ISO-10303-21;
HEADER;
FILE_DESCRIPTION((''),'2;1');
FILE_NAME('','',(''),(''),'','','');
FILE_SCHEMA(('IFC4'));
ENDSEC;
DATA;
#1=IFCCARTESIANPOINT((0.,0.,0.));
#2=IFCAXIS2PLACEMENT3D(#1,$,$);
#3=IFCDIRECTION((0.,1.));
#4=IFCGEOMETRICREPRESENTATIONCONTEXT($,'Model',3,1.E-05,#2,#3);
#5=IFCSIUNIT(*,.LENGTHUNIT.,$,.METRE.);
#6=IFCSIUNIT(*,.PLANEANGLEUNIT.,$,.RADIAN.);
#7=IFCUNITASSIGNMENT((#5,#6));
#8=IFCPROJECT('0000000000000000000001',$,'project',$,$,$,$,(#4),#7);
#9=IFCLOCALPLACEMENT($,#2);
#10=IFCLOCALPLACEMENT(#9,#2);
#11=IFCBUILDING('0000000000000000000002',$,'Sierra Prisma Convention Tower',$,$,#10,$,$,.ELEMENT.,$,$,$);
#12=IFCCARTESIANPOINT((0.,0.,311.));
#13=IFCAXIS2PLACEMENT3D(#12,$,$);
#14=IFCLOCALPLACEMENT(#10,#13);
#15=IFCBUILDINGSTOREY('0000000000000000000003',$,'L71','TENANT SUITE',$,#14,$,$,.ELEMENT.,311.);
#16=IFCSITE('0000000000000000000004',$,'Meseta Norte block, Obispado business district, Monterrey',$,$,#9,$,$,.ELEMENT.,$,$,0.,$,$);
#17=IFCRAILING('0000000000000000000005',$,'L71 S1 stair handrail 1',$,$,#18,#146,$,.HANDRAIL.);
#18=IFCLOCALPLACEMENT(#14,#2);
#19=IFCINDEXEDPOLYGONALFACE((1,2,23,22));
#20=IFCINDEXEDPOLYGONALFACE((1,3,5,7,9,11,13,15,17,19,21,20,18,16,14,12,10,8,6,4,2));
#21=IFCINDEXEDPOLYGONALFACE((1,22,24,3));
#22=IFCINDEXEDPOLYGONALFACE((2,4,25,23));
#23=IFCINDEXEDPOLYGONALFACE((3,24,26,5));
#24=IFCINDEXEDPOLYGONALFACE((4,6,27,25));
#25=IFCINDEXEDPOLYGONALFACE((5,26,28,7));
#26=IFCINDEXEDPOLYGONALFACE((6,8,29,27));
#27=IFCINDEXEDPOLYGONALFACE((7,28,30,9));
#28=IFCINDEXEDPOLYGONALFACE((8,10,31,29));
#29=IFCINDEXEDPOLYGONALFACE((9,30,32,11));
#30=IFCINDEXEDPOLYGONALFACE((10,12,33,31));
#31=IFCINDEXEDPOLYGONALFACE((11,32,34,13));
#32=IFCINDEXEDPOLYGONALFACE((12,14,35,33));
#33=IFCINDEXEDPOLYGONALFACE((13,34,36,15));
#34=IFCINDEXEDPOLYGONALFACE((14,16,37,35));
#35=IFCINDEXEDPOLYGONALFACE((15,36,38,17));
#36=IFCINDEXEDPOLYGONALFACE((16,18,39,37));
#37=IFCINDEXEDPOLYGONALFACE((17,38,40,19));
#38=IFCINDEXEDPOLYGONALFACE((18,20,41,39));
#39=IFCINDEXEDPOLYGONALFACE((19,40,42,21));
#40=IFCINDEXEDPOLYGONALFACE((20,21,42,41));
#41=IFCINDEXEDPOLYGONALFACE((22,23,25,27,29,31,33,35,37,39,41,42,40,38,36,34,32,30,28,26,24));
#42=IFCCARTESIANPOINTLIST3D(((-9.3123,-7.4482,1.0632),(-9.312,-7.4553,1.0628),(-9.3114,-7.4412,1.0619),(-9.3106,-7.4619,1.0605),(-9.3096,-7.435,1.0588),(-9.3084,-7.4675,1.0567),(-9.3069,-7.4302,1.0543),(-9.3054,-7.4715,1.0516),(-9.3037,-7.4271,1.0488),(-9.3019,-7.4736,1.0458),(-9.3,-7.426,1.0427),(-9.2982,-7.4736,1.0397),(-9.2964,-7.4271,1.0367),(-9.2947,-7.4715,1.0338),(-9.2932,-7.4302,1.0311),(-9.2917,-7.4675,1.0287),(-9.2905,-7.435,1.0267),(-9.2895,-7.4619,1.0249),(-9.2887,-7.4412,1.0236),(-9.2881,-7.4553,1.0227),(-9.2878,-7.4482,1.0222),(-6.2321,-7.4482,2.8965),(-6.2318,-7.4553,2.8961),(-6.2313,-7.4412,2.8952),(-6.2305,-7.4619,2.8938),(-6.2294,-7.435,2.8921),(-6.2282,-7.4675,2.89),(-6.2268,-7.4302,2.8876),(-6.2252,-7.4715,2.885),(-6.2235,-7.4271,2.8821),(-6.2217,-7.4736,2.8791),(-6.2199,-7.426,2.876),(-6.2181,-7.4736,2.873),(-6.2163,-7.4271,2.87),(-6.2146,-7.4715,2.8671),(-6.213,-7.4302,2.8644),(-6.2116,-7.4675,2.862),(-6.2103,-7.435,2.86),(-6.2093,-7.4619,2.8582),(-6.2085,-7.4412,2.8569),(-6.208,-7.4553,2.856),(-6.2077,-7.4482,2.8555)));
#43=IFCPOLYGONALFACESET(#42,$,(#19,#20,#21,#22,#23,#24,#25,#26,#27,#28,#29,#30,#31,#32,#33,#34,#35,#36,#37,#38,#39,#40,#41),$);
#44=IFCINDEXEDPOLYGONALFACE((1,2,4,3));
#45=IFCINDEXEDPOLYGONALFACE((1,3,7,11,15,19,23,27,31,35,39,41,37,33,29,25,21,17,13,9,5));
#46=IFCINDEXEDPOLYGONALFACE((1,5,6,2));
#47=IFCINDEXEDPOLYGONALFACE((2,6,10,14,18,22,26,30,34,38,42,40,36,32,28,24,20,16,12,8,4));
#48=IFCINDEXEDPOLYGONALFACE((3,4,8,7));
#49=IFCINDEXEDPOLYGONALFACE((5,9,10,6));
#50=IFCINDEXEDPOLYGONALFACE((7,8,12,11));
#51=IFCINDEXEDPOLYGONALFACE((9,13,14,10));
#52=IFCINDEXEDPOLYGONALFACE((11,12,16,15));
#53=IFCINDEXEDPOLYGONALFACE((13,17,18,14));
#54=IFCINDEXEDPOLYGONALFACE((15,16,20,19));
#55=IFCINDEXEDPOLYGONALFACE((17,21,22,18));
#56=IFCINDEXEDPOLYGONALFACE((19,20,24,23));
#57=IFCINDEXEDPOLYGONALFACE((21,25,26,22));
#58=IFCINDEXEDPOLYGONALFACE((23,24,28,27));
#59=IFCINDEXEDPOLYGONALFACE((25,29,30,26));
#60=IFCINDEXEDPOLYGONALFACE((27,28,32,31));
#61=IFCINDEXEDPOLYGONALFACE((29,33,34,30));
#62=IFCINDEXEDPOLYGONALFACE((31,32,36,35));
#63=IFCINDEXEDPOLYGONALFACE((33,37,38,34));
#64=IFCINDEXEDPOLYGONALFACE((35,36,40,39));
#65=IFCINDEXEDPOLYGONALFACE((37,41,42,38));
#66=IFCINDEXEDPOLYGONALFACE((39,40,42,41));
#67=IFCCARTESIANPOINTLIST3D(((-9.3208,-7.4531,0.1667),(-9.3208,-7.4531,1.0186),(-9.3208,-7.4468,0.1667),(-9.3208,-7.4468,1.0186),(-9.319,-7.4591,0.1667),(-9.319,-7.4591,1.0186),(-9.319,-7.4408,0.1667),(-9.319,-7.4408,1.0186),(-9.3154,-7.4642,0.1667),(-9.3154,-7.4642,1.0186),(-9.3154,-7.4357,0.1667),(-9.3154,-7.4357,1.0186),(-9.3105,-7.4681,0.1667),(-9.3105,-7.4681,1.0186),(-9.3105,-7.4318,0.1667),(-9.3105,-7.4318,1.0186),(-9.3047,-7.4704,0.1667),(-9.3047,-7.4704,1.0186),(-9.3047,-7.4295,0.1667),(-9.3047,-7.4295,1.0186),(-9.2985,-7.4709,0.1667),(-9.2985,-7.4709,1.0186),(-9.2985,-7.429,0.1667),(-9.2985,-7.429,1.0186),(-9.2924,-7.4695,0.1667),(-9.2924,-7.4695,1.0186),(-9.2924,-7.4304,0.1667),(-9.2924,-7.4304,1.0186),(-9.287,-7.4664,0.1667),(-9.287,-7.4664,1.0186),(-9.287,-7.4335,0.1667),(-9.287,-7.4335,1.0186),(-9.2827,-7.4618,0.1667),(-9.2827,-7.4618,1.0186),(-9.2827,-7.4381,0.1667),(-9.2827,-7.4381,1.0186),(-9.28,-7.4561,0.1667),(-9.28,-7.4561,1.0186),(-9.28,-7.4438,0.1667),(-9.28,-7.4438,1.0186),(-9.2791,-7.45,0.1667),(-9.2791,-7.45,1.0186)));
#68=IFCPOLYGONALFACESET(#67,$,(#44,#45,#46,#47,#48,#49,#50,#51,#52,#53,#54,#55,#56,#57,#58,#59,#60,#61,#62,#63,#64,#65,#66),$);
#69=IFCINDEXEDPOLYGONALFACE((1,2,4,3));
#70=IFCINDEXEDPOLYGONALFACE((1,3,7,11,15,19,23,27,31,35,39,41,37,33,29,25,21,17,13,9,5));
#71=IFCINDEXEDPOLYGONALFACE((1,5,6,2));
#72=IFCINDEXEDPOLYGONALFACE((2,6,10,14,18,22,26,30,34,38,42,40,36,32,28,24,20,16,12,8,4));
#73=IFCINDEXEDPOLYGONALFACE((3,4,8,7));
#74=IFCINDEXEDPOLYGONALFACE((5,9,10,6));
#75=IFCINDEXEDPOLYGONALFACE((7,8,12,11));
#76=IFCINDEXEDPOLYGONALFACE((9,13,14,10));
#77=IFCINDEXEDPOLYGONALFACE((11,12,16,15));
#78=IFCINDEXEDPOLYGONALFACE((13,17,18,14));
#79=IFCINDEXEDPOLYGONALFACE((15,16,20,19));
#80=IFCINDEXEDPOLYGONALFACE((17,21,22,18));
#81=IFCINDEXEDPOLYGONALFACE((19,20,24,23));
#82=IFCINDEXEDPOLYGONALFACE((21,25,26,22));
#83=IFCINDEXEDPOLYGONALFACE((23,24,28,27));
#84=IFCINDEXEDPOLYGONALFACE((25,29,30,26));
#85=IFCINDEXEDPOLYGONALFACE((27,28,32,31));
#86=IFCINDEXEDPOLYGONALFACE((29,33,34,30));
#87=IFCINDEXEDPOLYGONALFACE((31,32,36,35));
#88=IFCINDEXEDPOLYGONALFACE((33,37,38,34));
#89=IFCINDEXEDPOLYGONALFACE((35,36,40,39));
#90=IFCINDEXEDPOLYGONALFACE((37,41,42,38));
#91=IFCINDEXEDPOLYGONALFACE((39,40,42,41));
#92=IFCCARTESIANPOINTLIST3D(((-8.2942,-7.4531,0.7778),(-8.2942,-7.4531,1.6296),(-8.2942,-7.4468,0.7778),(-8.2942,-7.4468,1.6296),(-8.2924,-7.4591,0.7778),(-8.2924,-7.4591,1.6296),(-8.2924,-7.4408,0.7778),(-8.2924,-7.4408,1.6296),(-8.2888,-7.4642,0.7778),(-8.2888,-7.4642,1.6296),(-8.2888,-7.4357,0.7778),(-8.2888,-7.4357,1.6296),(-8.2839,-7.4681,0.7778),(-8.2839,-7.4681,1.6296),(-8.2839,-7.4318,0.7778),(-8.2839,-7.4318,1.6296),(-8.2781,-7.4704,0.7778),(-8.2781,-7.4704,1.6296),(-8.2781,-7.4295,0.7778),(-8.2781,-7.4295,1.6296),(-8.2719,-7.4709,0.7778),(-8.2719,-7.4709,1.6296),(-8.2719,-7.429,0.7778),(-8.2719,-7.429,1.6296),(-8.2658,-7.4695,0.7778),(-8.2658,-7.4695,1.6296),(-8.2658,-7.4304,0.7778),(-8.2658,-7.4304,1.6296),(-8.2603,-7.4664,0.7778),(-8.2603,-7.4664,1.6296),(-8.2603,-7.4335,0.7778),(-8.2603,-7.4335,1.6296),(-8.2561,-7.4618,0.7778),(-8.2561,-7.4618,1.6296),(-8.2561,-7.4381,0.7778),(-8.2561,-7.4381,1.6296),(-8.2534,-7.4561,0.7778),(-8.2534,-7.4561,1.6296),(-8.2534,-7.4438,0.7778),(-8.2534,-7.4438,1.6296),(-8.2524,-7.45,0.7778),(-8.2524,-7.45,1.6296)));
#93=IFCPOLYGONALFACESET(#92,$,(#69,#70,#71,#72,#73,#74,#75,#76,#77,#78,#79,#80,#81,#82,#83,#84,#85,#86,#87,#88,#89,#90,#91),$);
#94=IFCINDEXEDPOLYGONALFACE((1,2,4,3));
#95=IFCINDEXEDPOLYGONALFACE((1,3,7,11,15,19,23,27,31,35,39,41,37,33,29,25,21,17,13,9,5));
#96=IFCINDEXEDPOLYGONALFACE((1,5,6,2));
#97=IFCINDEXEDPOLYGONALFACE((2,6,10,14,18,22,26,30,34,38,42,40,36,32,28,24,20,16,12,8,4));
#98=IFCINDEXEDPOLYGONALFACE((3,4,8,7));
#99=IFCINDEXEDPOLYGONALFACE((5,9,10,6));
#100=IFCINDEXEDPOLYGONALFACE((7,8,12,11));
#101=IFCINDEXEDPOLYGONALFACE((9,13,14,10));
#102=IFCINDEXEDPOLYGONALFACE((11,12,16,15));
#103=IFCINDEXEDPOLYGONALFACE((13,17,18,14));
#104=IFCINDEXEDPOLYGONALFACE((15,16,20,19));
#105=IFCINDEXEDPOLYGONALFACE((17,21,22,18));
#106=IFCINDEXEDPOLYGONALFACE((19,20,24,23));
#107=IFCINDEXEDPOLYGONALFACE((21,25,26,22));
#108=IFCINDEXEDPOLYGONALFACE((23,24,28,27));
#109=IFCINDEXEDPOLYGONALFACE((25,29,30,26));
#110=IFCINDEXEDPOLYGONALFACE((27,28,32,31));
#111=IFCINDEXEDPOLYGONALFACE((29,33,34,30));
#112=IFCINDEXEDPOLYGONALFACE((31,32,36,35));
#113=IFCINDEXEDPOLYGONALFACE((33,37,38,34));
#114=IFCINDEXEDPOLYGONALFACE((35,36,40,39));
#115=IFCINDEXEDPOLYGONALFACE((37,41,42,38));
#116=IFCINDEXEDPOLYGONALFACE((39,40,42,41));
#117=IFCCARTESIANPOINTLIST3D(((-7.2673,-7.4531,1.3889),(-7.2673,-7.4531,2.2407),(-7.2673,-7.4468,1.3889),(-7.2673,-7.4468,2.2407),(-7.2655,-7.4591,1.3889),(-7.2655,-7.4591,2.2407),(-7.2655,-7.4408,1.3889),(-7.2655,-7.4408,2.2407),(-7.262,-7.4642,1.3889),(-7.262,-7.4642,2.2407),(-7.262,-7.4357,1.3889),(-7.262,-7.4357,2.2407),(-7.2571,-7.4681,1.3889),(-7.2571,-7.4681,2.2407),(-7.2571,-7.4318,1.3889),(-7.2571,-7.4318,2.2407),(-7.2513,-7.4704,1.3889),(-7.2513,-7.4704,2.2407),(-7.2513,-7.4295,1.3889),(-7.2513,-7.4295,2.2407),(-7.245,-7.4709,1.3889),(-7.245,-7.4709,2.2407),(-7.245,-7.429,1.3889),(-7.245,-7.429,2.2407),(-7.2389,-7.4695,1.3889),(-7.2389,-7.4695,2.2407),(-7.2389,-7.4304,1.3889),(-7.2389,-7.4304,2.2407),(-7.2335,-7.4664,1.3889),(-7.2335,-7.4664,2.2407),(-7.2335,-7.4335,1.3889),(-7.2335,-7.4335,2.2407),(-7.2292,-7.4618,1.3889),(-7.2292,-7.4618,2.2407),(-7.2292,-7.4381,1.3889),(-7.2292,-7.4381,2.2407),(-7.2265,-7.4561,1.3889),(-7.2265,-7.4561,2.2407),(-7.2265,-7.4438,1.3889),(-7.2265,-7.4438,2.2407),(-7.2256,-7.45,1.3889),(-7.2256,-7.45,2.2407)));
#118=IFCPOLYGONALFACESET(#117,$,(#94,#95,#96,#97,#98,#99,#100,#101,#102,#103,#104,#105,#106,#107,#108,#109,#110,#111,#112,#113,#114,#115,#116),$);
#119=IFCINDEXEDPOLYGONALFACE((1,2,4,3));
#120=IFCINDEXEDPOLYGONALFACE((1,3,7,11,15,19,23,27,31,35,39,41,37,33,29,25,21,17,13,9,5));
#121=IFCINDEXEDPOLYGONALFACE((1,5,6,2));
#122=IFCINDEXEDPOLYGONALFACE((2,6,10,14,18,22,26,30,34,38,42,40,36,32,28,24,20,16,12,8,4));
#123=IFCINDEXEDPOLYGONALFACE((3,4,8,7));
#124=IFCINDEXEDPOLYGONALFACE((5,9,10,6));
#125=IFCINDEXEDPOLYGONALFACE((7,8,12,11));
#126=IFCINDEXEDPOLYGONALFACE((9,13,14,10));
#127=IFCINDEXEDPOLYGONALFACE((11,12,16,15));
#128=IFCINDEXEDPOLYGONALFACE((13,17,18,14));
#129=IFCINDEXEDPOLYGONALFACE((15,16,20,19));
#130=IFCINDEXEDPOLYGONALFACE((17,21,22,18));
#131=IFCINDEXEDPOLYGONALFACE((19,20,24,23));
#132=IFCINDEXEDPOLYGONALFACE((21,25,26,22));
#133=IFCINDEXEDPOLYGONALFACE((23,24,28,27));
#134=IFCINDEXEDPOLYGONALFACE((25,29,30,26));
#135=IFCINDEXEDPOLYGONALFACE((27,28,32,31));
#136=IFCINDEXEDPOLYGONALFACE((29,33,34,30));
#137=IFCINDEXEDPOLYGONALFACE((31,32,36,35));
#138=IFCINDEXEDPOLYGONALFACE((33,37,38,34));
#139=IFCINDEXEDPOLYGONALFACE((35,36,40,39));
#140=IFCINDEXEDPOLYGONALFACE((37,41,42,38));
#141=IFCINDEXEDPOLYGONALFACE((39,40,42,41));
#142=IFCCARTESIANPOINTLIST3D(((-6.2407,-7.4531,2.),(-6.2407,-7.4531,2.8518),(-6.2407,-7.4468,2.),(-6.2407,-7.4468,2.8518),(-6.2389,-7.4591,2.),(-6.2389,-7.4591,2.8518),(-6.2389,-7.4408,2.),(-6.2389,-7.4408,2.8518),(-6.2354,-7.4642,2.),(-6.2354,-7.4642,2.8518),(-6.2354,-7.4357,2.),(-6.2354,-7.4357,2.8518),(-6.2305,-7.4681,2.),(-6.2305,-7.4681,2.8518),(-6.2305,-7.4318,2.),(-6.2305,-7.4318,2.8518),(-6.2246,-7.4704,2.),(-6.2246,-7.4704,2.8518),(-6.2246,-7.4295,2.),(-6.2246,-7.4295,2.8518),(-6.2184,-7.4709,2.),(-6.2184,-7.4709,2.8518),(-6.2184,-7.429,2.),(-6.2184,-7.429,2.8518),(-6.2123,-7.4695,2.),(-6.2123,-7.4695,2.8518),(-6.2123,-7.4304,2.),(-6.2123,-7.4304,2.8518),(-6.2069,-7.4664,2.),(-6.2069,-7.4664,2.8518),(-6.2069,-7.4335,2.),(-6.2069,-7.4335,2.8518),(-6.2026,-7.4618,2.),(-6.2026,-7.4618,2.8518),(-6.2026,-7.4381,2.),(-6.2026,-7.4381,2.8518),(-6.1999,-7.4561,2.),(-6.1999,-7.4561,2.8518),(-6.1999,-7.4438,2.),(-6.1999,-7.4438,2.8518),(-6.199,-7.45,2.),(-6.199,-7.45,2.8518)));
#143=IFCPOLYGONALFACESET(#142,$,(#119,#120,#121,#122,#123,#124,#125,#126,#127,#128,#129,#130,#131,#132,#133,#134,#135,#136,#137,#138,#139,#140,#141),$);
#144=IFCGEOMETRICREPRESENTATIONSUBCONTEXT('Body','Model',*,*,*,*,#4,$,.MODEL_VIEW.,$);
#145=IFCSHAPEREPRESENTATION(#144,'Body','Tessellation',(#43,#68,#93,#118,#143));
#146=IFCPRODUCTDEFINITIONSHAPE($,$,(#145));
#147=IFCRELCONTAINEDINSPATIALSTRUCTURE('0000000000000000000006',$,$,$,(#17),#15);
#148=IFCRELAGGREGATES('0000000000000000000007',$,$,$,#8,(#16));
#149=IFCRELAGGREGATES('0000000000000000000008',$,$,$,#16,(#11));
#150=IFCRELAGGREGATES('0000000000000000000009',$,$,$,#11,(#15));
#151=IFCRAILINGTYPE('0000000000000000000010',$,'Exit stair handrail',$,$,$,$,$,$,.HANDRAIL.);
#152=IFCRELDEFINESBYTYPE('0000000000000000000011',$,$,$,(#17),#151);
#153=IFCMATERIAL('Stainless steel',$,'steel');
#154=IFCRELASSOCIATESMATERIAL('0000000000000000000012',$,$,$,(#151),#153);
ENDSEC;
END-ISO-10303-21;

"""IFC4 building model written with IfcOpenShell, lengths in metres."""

from ifc_helpers import new_model, si_unit, direction, frame, origin, origin_2d, place, context, subcontext, project, spatial, circle, extrude, material, type_object, element, save


model = new_model("IFC4")

# Units and contexts
model_context = context("Model", 3, precision=1e-05, world=origin(), true_north=direction((0.0, 1.0)))
body_context = subcontext(model_context, "Body", "Model", "MODEL_VIEW")
ifc_project = project(units=[si_unit("LENGTHUNIT", "METRE"), si_unit("PLANEANGLEUNIT", "RADIAN")], contexts=[model_context])

# Site, building, storey
site_placement = place(None, origin())
site = spatial("IfcSite", under=ifc_project, at=site_placement, Name="Meseta Norte block, Obispado business district, Monterrey", CompositionType="ELEMENT", RefElevation=0.0)
building_placement = place(site_placement, origin())
building = spatial("IfcBuilding", under=site, at=building_placement, Name="Sierra Prisma Convention Tower", CompositionType="ELEMENT")
storey_placement = place(building_placement, frame((0.0, 0.0, 311.0)))
storey = spatial("IfcBuildingStorey", under=building, at=storey_placement, Name="L71", Description="TENANT SUITE", CompositionType="ELEMENT", Elevation=311.0)

# Railing
ifc_material_1 = material(Name="Stainless steel", Category="steel")
railing_type_1 = type_object("IfcRailingType", Name="Exit stair handrail", PredefinedType="HANDRAIL", material=ifc_material_1)
railing_1_placement = place(storey_placement, frame((-9.3, -7.45, 0.1667)))
element("IfcRailing", 1, at=railing_1_placement, inside=storey, type_object=railing_type_1, Name="L71 S1 stair handrail 1", PredefinedType="HANDRAIL", context=body_context, shape_type="SweptSolid", body=[
    extrude(circle(Radius=0.0239, at=origin_2d()), frame((0.0, 0.0, 0.876), z_axis=(0.859309, 0.0, 0.511458), x_axis=(0.0, 1.0, 0.0)), (0.0, 0.0, 1.0), 3.5845),
    extrude(circle(Radius=0.021, at=origin_2d()), origin(), (0.0, 0.0, 1.0), 0.8518),
    extrude(circle(Radius=0.021, at=origin_2d()), frame((1.0266, 0.0, 0.6111)), (0.0, 0.0, 1.0), 0.8518),
    extrude(circle(Radius=0.021, at=origin_2d()), frame((2.0535, 0.0, 1.2222)), (0.0, 0.0, 1.0), 0.8518),
    extrude(circle(Radius=0.021, at=origin_2d()), frame((3.0801, 0.0, 1.8333)), (0.0, 0.0, 1.0), 0.8518),
])

save(model, "model.ifc")
